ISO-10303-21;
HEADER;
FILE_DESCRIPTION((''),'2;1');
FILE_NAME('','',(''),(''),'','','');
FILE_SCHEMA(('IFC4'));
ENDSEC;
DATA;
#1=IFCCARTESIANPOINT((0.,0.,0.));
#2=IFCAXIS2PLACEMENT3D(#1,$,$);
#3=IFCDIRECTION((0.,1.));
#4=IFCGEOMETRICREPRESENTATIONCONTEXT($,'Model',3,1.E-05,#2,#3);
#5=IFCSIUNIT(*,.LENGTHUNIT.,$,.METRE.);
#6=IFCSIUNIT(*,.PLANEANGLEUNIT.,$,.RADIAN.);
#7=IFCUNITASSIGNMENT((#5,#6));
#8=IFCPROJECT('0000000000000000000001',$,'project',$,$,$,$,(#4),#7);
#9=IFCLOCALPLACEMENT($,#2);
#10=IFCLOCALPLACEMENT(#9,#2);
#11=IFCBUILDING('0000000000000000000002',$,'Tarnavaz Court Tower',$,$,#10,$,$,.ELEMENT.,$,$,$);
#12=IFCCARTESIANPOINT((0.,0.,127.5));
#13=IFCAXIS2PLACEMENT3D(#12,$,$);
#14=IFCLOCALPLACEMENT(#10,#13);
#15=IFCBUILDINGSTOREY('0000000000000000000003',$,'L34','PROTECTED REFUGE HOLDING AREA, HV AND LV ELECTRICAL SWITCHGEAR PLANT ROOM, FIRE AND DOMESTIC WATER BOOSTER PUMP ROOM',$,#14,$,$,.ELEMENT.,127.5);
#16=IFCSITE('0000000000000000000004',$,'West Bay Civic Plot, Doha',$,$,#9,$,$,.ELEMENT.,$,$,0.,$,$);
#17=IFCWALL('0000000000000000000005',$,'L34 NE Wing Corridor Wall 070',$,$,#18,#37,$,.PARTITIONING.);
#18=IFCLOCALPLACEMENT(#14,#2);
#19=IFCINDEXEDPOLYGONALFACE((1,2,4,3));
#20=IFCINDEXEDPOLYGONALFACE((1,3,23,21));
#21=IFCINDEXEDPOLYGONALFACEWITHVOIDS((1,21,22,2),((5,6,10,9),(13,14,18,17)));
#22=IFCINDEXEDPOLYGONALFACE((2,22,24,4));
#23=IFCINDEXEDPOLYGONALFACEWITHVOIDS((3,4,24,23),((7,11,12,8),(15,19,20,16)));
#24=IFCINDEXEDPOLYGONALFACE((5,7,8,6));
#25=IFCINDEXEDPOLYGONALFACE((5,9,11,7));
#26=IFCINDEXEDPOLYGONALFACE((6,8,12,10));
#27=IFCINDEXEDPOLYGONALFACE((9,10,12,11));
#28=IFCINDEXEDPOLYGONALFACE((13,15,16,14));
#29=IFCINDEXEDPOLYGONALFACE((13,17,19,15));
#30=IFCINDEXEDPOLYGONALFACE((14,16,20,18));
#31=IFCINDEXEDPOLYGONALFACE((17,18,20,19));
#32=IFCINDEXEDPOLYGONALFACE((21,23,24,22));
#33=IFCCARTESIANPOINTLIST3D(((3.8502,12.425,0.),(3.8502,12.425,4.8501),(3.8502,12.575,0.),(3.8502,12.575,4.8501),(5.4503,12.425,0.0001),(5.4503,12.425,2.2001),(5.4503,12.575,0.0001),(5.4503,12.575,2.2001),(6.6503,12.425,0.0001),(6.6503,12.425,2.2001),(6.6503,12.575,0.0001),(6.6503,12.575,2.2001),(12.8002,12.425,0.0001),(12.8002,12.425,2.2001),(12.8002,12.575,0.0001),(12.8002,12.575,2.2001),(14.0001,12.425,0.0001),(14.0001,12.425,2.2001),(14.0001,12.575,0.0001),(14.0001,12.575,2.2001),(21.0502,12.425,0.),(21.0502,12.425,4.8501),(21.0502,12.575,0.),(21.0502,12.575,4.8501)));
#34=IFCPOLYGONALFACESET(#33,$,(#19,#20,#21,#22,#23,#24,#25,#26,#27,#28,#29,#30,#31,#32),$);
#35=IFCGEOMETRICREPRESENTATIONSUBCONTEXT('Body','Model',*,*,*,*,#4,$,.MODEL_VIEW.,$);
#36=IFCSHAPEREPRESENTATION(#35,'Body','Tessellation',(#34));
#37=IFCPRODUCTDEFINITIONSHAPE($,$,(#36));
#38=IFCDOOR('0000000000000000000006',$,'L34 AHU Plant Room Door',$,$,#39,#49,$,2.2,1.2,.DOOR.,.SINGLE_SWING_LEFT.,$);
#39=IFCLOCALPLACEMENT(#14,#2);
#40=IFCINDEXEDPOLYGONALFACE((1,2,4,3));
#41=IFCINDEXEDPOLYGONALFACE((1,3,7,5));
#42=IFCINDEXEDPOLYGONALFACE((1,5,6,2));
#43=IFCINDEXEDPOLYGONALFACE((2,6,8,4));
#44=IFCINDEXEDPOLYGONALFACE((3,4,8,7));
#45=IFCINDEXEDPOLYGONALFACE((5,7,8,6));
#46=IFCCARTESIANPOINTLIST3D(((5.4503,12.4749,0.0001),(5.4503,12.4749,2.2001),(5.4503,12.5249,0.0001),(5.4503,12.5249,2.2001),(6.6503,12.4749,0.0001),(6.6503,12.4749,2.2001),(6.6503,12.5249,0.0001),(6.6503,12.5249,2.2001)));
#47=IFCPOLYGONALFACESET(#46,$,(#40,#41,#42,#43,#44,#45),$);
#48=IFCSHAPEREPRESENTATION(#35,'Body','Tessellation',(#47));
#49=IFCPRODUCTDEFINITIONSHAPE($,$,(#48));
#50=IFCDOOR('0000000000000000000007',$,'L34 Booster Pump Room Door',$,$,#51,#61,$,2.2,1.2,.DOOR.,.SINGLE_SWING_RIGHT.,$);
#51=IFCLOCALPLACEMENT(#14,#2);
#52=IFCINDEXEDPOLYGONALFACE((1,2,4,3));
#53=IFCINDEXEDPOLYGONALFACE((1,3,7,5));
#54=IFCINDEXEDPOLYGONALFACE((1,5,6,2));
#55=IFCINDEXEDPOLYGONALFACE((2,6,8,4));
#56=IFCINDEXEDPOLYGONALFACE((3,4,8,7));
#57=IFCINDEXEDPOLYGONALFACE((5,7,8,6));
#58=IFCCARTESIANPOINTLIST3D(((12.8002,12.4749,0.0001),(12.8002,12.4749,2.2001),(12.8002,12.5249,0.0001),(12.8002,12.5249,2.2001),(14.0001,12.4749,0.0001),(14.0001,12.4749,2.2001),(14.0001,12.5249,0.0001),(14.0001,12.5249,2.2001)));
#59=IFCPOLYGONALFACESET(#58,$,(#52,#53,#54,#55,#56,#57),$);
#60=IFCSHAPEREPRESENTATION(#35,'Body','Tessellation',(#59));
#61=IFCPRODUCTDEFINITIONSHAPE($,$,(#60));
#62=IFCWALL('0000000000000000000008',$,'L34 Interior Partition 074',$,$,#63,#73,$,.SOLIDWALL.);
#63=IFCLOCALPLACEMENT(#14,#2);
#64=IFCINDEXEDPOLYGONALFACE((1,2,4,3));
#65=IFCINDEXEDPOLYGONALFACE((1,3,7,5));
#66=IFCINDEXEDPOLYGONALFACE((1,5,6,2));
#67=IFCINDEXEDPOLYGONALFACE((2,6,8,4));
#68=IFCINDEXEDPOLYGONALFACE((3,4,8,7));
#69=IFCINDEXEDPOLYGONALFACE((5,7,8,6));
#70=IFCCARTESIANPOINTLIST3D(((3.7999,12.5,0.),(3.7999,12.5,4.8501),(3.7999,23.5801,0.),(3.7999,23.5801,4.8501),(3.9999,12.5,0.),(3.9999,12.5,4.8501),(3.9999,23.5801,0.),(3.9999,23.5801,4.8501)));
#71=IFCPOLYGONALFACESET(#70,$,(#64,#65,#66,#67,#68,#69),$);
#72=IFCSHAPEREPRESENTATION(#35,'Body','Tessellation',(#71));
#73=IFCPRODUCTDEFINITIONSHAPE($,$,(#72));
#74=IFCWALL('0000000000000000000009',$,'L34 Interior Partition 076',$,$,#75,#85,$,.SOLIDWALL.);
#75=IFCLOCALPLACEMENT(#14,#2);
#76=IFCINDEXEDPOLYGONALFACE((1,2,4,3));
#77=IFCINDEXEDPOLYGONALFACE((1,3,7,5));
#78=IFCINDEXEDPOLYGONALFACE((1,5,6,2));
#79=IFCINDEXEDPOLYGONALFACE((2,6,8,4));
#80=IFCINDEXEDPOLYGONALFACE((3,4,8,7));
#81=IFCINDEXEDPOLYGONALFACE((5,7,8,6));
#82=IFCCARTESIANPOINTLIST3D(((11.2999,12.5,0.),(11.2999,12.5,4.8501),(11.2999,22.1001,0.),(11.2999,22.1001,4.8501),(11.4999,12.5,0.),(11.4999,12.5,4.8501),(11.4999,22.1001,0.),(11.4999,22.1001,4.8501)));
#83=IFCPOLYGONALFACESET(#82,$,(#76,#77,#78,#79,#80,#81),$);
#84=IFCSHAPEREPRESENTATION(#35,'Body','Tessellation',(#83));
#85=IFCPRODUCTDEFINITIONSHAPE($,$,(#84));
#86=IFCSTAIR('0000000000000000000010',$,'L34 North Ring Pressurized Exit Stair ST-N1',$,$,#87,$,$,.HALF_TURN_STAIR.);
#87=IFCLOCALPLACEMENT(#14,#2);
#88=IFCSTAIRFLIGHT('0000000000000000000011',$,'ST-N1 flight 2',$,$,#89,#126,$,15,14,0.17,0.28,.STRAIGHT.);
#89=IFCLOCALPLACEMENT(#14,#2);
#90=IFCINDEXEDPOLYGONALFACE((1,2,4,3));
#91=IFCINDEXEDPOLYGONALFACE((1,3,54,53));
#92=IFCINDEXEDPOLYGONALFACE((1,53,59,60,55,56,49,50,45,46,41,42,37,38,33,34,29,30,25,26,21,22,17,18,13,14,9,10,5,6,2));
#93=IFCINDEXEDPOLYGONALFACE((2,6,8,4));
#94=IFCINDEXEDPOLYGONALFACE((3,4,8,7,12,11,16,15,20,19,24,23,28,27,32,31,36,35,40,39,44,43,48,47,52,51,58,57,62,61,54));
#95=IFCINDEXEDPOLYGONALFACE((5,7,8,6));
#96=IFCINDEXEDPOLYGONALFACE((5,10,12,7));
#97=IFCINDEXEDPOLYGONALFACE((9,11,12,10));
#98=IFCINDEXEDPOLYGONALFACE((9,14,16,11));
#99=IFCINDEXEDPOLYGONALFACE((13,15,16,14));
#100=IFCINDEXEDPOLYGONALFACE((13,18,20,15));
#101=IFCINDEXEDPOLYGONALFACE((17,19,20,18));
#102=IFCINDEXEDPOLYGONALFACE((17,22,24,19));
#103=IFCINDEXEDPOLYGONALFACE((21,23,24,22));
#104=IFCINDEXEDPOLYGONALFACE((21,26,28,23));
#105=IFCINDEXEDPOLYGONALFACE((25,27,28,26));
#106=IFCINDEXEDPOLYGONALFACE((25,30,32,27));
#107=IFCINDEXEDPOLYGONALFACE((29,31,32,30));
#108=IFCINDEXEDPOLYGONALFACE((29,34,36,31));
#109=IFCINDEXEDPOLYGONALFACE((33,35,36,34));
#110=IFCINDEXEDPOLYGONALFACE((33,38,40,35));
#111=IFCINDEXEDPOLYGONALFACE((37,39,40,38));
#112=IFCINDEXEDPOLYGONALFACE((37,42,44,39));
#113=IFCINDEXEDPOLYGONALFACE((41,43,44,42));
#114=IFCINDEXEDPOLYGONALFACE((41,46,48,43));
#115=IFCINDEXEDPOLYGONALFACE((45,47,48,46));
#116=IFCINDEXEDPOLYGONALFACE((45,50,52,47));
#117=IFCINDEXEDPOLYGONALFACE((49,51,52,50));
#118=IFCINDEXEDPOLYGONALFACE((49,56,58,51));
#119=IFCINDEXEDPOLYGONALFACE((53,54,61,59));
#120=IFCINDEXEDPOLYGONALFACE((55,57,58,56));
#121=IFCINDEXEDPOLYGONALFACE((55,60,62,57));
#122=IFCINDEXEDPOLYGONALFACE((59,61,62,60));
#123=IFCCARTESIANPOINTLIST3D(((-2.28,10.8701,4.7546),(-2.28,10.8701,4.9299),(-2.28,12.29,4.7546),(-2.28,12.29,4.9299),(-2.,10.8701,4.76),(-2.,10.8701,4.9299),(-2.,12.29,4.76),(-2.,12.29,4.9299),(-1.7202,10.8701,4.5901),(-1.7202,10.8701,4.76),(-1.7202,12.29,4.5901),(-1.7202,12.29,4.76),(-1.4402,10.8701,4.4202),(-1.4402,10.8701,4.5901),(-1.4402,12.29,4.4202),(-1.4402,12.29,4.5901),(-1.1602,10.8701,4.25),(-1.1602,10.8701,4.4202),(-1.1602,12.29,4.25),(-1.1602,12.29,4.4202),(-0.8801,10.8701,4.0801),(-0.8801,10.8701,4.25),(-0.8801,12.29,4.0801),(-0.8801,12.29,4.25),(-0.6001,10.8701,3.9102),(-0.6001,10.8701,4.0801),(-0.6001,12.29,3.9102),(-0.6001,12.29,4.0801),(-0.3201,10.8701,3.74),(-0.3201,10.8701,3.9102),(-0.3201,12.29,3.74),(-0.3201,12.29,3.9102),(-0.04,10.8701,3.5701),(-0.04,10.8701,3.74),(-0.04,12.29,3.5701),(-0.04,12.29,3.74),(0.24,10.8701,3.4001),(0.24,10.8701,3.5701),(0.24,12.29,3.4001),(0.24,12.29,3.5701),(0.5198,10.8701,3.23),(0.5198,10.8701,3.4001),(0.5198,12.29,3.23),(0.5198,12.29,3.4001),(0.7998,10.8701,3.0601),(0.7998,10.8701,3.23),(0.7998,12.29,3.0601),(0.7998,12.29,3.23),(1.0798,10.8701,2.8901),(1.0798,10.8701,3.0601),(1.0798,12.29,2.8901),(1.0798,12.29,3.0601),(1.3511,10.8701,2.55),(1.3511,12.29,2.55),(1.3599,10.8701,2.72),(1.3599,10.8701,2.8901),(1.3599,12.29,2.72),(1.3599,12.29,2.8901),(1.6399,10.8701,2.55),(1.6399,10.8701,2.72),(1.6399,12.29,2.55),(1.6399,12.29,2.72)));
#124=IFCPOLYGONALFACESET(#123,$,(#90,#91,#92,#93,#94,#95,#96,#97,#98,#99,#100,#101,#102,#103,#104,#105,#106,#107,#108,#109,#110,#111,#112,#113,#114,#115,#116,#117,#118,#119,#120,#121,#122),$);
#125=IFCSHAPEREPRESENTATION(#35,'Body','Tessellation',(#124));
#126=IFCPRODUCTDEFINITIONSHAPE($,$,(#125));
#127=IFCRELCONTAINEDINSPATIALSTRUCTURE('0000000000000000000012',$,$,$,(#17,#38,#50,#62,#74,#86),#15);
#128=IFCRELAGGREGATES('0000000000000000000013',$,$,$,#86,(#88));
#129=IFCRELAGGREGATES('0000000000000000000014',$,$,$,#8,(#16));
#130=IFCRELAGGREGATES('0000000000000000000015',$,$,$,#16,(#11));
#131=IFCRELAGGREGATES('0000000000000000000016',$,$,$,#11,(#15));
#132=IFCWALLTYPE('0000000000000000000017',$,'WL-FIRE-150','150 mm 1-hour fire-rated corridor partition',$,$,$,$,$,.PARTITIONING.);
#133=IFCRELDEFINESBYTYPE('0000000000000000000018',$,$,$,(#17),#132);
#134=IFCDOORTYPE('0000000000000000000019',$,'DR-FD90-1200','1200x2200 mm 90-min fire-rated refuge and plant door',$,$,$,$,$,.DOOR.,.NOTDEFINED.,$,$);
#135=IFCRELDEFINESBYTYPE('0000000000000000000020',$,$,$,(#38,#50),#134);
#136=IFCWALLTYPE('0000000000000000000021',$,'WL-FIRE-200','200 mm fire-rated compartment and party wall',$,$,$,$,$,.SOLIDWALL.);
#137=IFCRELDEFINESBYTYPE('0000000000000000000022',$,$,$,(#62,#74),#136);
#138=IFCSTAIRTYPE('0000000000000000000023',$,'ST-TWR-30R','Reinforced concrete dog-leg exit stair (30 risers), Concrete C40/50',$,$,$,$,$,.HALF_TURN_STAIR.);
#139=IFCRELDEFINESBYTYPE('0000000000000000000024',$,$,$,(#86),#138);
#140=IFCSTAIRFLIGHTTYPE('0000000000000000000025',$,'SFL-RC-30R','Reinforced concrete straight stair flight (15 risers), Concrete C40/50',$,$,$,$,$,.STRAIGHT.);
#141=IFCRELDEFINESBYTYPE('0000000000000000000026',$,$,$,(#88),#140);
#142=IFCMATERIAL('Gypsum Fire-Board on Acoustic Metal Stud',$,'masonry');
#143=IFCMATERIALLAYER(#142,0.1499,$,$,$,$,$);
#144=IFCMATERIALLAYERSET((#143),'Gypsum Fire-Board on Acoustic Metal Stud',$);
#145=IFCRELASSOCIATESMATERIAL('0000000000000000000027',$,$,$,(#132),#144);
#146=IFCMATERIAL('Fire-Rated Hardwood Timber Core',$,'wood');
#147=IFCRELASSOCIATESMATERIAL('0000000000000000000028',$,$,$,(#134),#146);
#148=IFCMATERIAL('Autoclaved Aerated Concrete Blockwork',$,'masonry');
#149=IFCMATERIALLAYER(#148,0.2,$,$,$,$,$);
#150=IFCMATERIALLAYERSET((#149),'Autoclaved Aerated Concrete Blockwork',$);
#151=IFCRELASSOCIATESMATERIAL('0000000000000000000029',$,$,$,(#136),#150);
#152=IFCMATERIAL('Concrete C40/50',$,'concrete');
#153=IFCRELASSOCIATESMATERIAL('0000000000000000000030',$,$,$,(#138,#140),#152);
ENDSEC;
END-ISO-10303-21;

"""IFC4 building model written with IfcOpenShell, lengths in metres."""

from ifc_helpers import new_model, si_unit, direction, frame, frame_2d, origin, place, context, subcontext, project, spatial, polyline, rectangle, outline, extrude, material, layer, layer_set, type_object, element, fill, aggregate, save


model = new_model("IFC4")

# Units and contexts
model_context = context("Model", 3, precision=1e-05, world=origin(), true_north=direction((0.0, 1.0)))
body_context = subcontext(model_context, "Body", "Model", "MODEL_VIEW")
ifc_project = project(units=[si_unit("LENGTHUNIT", "METRE"), si_unit("PLANEANGLEUNIT", "RADIAN")], contexts=[model_context])

# Site, building, storey
site_placement = place(None, origin())
site = spatial("IfcSite", under=ifc_project, at=site_placement, Name="West Bay Civic Plot, Doha", CompositionType="ELEMENT", RefElevation=0.0)
building_placement = place(site_placement, origin())
building = spatial("IfcBuilding", under=site, at=building_placement, Name="Tarnavaz Court Tower", CompositionType="ELEMENT")
storey_placement = place(building_placement, frame((0.0, 0.0, 127.5)))
storey = spatial("IfcBuildingStorey", under=building, at=storey_placement, Name="L34", Description="PROTECTED REFUGE HOLDING AREA, HV AND LV ELECTRICAL SWITCHGEAR PLANT ROOM, FIRE AND DOMESTIC WATER BOOSTER PUMP ROOM", CompositionType="ELEMENT", Elevation=127.5)

# Wall, openings, doors
ifc_material_1 = material(Name="Gypsum Fire-Board on Acoustic Metal Stud", Category="masonry")
ifc_layer_1 = layer(ifc_material_1, 0.1499)
ifc_layer_set_1 = layer_set([ifc_layer_1], Name="Gypsum Fire-Board on Acoustic Metal Stud")
wall_type_1 = type_object("IfcWallType", Name="WL-FIRE-150", Description="150 mm 1-hour fire-rated corridor partition", PredefinedType="PARTITIONING", material=ifc_layer_set_1)
wall_1_placement = place(storey_placement, frame((3.8501, 12.5, 0.0), z_axis=(0.0, 0.0, 1.0), x_axis=(1.0, 0.0, 0.0)))
wall_1 = element("IfcWall", 1, at=wall_1_placement, inside=storey, type_object=wall_type_1, Name="L34 NE Wing Corridor Wall 070", PredefinedType="PARTITIONING", context=body_context, shape_type="SweptSolid", body=[
    extrude(rectangle(XDim=17.2, YDim=0.1499, at=frame_2d((8.6001, 0.0))), origin(), (0.0, 0.0, 1.0), 4.8501),
])
opening_1_placement = place(wall_1_placement, frame((1.6001, 0.0, 0.0)))
opening_1 = element("IfcOpeningElement", 2, at=opening_1_placement, cuts=wall_1, PredefinedType="OPENING", context=body_context, shape_type="SweptSolid", body=[
    extrude(rectangle(XDim=1.2, YDim=2.2, at=frame_2d((0.6001, 1.1001))), frame((0.0, 0.085, 0.0), z_axis=(0.0, -1.0, 0.0), x_axis=(1.0, 0.0, 0.0)), (0.0, 0.0, 1.0), 0.1699),
])
opening_2_placement = place(wall_1_placement, frame((8.95, 0.0, 0.0)))
opening_2 = element("IfcOpeningElement", 3, at=opening_2_placement, cuts=wall_1, PredefinedType="OPENING", context=body_context, shape_type="SweptSolid", body=[
    extrude(rectangle(XDim=1.2, YDim=2.2, at=frame_2d((0.6001, 1.1001))), frame((0.0, 0.085, 0.0), z_axis=(0.0, -1.0, 0.0), x_axis=(1.0, 0.0, 0.0)), (0.0, 0.0, 1.0), 0.1699),
])
ifc_material_2 = material(Name="Fire-Rated Hardwood Timber Core", Category="wood")
door_type = type_object("IfcDoorType", Name="DR-FD90-1200", Description="1200x2200 mm 90-min fire-rated refuge and plant door", OperationType="NOTDEFINED", PredefinedType="DOOR", material=ifc_material_2)
door_1_placement = place(opening_1_placement, origin())
door_1 = element("IfcDoor", 4, at=door_1_placement, inside=storey, type_object=door_type, Name="L34 AHU Plant Room Door", OperationType="SINGLE_SWING_LEFT", OverallHeight=2.2, OverallWidth=1.2, PredefinedType="DOOR", context=body_context, shape_type="SweptSolid", body=[
    extrude(rectangle(XDim=1.2, YDim=2.2, at=frame_2d((0.6001, 1.1001))), frame((0.0, 0.0249, 0.0), z_axis=(0.0, -1.0, 0.0), x_axis=(1.0, 0.0, 0.0)), (0.0, 0.0, 1.0), 0.05),
])
fill(opening_1, door_1)
door_2_placement = place(opening_2_placement, origin())
door_2 = element("IfcDoor", 5, at=door_2_placement, inside=storey, type_object=door_type, Name="L34 Booster Pump Room Door", OperationType="SINGLE_SWING_RIGHT", OverallHeight=2.2, OverallWidth=1.2, PredefinedType="DOOR", context=body_context, shape_type="SweptSolid", body=[
    extrude(rectangle(XDim=1.2, YDim=2.2, at=frame_2d((0.6001, 1.1001))), frame((0.0, 0.0249, 0.0), z_axis=(0.0, -1.0, 0.0), x_axis=(1.0, 0.0, 0.0)), (0.0, 0.0, 1.0), 0.05),
])
fill(opening_2, door_2)

# Walls
ifc_material_3 = material(Name="Autoclaved Aerated Concrete Blockwork", Category="masonry")
ifc_layer_2 = layer(ifc_material_3, 0.2)
ifc_layer_set_2 = layer_set([ifc_layer_2], Name="Autoclaved Aerated Concrete Blockwork")
wall_type_2 = type_object("IfcWallType", Name="WL-FIRE-200", Description="200 mm fire-rated compartment and party wall", PredefinedType="SOLIDWALL", material=ifc_layer_set_2)
wall_2_placement = place(storey_placement, frame((3.8999, 12.5, 0.0), z_axis=(0.0, 0.0, 1.0), x_axis=(0.0, 1.0, 0.0)))
element("IfcWall", 6, at=wall_2_placement, inside=storey, type_object=wall_type_2, Name="L34 Interior Partition 074", PredefinedType="SOLIDWALL", context=body_context, shape_type="SweptSolid", body=[
    extrude(rectangle(XDim=11.0801, YDim=0.2, at=frame_2d((5.54, 0.0))), origin(), (0.0, 0.0, 1.0), 4.8501),
])
wall_3_placement = place(storey_placement, frame((11.3999, 12.5, 0.0), z_axis=(0.0, 0.0, 1.0), x_axis=(0.0, 1.0, 0.0)))
element("IfcWall", 7, at=wall_3_placement, inside=storey, type_object=wall_type_2, Name="L34 Interior Partition 076", PredefinedType="SOLIDWALL", context=body_context, shape_type="SweptSolid", body=[
    extrude(rectangle(XDim=9.6001, YDim=0.2, at=frame_2d((4.8, 0.0))), origin(), (0.0, 0.0, 1.0), 4.8501),
])

# Stair, stair flight
ifc_material_4 = material(Name="Concrete C40/50", Category="concrete")
stair_type = type_object("IfcStairType", Name="ST-TWR-30R", Description="Reinforced concrete dog-leg exit stair (30 risers), Concrete C40/50", PredefinedType="HALF_TURN_STAIR", material=ifc_material_4)
stair_placement = place(storey_placement, origin())
stair = element("IfcStair", 8, at=stair_placement, inside=storey, type_object=stair_type, Name="L34 North Ring Pressurized Exit Stair ST-N1", PredefinedType="HALF_TURN_STAIR")
stair_flight_type = type_object("IfcStairFlightType", Name="SFL-RC-30R", Description="Reinforced concrete straight stair flight (15 risers), Concrete C40/50", PredefinedType="STRAIGHT", material=ifc_material_4)
stair_flight_placement = place(storey_placement, frame((1.6399, 11.5801, 2.55), z_axis=(0.0, 0.0, 1.0), x_axis=(-1.0, 0.0, 0.0)))
stair_flight = element("IfcStairFlight", 9, at=stair_flight_placement, type_object=stair_flight_type, Name="ST-N1 flight 2", NumberOfRisers=15, NumberOfTreads=14, PredefinedType="STRAIGHT", RiserHeight=0.17, TreadLength=0.28, context=body_context, shape_type="SweptSolid", body=[
    extrude(outline(polyline([(0.0, 0.0), (0.0, 0.1699), (0.28, 0.1699), (0.28, 0.3401), (0.5601, 0.3401), (0.5601, 0.51), (0.8401, 0.51), (0.8401, 0.6799), (1.1201, 0.6799), (1.1201, 0.8501), (1.3999, 0.8501), (1.3999, 1.02), (1.6799, 1.02), (1.6799, 1.1899), (1.96, 1.1899), (1.96, 1.3601), (2.24, 1.3601), (2.24, 1.53), (2.52, 1.53), (2.52, 1.7), (2.8, 1.7), (2.8, 1.8701), (3.0801, 1.8701), (3.0801, 2.04), (3.3601, 2.04), (3.3601, 2.21), (3.6399, 2.21), (3.6399, 2.3799), (3.9199, 2.3799), (3.9199, 2.55), (3.9199, 2.2046), (0.2888, 0.0), (0.0, 0.0)])), frame((0.0, 0.71, 0.0), z_axis=(0.0, -1.0, 0.0), x_axis=(1.0, 0.0, 0.0)), (0.0, 0.0, 1.0), 1.4199),
])
aggregate(stair, [stair_flight])

save(model, "model.ifc")
